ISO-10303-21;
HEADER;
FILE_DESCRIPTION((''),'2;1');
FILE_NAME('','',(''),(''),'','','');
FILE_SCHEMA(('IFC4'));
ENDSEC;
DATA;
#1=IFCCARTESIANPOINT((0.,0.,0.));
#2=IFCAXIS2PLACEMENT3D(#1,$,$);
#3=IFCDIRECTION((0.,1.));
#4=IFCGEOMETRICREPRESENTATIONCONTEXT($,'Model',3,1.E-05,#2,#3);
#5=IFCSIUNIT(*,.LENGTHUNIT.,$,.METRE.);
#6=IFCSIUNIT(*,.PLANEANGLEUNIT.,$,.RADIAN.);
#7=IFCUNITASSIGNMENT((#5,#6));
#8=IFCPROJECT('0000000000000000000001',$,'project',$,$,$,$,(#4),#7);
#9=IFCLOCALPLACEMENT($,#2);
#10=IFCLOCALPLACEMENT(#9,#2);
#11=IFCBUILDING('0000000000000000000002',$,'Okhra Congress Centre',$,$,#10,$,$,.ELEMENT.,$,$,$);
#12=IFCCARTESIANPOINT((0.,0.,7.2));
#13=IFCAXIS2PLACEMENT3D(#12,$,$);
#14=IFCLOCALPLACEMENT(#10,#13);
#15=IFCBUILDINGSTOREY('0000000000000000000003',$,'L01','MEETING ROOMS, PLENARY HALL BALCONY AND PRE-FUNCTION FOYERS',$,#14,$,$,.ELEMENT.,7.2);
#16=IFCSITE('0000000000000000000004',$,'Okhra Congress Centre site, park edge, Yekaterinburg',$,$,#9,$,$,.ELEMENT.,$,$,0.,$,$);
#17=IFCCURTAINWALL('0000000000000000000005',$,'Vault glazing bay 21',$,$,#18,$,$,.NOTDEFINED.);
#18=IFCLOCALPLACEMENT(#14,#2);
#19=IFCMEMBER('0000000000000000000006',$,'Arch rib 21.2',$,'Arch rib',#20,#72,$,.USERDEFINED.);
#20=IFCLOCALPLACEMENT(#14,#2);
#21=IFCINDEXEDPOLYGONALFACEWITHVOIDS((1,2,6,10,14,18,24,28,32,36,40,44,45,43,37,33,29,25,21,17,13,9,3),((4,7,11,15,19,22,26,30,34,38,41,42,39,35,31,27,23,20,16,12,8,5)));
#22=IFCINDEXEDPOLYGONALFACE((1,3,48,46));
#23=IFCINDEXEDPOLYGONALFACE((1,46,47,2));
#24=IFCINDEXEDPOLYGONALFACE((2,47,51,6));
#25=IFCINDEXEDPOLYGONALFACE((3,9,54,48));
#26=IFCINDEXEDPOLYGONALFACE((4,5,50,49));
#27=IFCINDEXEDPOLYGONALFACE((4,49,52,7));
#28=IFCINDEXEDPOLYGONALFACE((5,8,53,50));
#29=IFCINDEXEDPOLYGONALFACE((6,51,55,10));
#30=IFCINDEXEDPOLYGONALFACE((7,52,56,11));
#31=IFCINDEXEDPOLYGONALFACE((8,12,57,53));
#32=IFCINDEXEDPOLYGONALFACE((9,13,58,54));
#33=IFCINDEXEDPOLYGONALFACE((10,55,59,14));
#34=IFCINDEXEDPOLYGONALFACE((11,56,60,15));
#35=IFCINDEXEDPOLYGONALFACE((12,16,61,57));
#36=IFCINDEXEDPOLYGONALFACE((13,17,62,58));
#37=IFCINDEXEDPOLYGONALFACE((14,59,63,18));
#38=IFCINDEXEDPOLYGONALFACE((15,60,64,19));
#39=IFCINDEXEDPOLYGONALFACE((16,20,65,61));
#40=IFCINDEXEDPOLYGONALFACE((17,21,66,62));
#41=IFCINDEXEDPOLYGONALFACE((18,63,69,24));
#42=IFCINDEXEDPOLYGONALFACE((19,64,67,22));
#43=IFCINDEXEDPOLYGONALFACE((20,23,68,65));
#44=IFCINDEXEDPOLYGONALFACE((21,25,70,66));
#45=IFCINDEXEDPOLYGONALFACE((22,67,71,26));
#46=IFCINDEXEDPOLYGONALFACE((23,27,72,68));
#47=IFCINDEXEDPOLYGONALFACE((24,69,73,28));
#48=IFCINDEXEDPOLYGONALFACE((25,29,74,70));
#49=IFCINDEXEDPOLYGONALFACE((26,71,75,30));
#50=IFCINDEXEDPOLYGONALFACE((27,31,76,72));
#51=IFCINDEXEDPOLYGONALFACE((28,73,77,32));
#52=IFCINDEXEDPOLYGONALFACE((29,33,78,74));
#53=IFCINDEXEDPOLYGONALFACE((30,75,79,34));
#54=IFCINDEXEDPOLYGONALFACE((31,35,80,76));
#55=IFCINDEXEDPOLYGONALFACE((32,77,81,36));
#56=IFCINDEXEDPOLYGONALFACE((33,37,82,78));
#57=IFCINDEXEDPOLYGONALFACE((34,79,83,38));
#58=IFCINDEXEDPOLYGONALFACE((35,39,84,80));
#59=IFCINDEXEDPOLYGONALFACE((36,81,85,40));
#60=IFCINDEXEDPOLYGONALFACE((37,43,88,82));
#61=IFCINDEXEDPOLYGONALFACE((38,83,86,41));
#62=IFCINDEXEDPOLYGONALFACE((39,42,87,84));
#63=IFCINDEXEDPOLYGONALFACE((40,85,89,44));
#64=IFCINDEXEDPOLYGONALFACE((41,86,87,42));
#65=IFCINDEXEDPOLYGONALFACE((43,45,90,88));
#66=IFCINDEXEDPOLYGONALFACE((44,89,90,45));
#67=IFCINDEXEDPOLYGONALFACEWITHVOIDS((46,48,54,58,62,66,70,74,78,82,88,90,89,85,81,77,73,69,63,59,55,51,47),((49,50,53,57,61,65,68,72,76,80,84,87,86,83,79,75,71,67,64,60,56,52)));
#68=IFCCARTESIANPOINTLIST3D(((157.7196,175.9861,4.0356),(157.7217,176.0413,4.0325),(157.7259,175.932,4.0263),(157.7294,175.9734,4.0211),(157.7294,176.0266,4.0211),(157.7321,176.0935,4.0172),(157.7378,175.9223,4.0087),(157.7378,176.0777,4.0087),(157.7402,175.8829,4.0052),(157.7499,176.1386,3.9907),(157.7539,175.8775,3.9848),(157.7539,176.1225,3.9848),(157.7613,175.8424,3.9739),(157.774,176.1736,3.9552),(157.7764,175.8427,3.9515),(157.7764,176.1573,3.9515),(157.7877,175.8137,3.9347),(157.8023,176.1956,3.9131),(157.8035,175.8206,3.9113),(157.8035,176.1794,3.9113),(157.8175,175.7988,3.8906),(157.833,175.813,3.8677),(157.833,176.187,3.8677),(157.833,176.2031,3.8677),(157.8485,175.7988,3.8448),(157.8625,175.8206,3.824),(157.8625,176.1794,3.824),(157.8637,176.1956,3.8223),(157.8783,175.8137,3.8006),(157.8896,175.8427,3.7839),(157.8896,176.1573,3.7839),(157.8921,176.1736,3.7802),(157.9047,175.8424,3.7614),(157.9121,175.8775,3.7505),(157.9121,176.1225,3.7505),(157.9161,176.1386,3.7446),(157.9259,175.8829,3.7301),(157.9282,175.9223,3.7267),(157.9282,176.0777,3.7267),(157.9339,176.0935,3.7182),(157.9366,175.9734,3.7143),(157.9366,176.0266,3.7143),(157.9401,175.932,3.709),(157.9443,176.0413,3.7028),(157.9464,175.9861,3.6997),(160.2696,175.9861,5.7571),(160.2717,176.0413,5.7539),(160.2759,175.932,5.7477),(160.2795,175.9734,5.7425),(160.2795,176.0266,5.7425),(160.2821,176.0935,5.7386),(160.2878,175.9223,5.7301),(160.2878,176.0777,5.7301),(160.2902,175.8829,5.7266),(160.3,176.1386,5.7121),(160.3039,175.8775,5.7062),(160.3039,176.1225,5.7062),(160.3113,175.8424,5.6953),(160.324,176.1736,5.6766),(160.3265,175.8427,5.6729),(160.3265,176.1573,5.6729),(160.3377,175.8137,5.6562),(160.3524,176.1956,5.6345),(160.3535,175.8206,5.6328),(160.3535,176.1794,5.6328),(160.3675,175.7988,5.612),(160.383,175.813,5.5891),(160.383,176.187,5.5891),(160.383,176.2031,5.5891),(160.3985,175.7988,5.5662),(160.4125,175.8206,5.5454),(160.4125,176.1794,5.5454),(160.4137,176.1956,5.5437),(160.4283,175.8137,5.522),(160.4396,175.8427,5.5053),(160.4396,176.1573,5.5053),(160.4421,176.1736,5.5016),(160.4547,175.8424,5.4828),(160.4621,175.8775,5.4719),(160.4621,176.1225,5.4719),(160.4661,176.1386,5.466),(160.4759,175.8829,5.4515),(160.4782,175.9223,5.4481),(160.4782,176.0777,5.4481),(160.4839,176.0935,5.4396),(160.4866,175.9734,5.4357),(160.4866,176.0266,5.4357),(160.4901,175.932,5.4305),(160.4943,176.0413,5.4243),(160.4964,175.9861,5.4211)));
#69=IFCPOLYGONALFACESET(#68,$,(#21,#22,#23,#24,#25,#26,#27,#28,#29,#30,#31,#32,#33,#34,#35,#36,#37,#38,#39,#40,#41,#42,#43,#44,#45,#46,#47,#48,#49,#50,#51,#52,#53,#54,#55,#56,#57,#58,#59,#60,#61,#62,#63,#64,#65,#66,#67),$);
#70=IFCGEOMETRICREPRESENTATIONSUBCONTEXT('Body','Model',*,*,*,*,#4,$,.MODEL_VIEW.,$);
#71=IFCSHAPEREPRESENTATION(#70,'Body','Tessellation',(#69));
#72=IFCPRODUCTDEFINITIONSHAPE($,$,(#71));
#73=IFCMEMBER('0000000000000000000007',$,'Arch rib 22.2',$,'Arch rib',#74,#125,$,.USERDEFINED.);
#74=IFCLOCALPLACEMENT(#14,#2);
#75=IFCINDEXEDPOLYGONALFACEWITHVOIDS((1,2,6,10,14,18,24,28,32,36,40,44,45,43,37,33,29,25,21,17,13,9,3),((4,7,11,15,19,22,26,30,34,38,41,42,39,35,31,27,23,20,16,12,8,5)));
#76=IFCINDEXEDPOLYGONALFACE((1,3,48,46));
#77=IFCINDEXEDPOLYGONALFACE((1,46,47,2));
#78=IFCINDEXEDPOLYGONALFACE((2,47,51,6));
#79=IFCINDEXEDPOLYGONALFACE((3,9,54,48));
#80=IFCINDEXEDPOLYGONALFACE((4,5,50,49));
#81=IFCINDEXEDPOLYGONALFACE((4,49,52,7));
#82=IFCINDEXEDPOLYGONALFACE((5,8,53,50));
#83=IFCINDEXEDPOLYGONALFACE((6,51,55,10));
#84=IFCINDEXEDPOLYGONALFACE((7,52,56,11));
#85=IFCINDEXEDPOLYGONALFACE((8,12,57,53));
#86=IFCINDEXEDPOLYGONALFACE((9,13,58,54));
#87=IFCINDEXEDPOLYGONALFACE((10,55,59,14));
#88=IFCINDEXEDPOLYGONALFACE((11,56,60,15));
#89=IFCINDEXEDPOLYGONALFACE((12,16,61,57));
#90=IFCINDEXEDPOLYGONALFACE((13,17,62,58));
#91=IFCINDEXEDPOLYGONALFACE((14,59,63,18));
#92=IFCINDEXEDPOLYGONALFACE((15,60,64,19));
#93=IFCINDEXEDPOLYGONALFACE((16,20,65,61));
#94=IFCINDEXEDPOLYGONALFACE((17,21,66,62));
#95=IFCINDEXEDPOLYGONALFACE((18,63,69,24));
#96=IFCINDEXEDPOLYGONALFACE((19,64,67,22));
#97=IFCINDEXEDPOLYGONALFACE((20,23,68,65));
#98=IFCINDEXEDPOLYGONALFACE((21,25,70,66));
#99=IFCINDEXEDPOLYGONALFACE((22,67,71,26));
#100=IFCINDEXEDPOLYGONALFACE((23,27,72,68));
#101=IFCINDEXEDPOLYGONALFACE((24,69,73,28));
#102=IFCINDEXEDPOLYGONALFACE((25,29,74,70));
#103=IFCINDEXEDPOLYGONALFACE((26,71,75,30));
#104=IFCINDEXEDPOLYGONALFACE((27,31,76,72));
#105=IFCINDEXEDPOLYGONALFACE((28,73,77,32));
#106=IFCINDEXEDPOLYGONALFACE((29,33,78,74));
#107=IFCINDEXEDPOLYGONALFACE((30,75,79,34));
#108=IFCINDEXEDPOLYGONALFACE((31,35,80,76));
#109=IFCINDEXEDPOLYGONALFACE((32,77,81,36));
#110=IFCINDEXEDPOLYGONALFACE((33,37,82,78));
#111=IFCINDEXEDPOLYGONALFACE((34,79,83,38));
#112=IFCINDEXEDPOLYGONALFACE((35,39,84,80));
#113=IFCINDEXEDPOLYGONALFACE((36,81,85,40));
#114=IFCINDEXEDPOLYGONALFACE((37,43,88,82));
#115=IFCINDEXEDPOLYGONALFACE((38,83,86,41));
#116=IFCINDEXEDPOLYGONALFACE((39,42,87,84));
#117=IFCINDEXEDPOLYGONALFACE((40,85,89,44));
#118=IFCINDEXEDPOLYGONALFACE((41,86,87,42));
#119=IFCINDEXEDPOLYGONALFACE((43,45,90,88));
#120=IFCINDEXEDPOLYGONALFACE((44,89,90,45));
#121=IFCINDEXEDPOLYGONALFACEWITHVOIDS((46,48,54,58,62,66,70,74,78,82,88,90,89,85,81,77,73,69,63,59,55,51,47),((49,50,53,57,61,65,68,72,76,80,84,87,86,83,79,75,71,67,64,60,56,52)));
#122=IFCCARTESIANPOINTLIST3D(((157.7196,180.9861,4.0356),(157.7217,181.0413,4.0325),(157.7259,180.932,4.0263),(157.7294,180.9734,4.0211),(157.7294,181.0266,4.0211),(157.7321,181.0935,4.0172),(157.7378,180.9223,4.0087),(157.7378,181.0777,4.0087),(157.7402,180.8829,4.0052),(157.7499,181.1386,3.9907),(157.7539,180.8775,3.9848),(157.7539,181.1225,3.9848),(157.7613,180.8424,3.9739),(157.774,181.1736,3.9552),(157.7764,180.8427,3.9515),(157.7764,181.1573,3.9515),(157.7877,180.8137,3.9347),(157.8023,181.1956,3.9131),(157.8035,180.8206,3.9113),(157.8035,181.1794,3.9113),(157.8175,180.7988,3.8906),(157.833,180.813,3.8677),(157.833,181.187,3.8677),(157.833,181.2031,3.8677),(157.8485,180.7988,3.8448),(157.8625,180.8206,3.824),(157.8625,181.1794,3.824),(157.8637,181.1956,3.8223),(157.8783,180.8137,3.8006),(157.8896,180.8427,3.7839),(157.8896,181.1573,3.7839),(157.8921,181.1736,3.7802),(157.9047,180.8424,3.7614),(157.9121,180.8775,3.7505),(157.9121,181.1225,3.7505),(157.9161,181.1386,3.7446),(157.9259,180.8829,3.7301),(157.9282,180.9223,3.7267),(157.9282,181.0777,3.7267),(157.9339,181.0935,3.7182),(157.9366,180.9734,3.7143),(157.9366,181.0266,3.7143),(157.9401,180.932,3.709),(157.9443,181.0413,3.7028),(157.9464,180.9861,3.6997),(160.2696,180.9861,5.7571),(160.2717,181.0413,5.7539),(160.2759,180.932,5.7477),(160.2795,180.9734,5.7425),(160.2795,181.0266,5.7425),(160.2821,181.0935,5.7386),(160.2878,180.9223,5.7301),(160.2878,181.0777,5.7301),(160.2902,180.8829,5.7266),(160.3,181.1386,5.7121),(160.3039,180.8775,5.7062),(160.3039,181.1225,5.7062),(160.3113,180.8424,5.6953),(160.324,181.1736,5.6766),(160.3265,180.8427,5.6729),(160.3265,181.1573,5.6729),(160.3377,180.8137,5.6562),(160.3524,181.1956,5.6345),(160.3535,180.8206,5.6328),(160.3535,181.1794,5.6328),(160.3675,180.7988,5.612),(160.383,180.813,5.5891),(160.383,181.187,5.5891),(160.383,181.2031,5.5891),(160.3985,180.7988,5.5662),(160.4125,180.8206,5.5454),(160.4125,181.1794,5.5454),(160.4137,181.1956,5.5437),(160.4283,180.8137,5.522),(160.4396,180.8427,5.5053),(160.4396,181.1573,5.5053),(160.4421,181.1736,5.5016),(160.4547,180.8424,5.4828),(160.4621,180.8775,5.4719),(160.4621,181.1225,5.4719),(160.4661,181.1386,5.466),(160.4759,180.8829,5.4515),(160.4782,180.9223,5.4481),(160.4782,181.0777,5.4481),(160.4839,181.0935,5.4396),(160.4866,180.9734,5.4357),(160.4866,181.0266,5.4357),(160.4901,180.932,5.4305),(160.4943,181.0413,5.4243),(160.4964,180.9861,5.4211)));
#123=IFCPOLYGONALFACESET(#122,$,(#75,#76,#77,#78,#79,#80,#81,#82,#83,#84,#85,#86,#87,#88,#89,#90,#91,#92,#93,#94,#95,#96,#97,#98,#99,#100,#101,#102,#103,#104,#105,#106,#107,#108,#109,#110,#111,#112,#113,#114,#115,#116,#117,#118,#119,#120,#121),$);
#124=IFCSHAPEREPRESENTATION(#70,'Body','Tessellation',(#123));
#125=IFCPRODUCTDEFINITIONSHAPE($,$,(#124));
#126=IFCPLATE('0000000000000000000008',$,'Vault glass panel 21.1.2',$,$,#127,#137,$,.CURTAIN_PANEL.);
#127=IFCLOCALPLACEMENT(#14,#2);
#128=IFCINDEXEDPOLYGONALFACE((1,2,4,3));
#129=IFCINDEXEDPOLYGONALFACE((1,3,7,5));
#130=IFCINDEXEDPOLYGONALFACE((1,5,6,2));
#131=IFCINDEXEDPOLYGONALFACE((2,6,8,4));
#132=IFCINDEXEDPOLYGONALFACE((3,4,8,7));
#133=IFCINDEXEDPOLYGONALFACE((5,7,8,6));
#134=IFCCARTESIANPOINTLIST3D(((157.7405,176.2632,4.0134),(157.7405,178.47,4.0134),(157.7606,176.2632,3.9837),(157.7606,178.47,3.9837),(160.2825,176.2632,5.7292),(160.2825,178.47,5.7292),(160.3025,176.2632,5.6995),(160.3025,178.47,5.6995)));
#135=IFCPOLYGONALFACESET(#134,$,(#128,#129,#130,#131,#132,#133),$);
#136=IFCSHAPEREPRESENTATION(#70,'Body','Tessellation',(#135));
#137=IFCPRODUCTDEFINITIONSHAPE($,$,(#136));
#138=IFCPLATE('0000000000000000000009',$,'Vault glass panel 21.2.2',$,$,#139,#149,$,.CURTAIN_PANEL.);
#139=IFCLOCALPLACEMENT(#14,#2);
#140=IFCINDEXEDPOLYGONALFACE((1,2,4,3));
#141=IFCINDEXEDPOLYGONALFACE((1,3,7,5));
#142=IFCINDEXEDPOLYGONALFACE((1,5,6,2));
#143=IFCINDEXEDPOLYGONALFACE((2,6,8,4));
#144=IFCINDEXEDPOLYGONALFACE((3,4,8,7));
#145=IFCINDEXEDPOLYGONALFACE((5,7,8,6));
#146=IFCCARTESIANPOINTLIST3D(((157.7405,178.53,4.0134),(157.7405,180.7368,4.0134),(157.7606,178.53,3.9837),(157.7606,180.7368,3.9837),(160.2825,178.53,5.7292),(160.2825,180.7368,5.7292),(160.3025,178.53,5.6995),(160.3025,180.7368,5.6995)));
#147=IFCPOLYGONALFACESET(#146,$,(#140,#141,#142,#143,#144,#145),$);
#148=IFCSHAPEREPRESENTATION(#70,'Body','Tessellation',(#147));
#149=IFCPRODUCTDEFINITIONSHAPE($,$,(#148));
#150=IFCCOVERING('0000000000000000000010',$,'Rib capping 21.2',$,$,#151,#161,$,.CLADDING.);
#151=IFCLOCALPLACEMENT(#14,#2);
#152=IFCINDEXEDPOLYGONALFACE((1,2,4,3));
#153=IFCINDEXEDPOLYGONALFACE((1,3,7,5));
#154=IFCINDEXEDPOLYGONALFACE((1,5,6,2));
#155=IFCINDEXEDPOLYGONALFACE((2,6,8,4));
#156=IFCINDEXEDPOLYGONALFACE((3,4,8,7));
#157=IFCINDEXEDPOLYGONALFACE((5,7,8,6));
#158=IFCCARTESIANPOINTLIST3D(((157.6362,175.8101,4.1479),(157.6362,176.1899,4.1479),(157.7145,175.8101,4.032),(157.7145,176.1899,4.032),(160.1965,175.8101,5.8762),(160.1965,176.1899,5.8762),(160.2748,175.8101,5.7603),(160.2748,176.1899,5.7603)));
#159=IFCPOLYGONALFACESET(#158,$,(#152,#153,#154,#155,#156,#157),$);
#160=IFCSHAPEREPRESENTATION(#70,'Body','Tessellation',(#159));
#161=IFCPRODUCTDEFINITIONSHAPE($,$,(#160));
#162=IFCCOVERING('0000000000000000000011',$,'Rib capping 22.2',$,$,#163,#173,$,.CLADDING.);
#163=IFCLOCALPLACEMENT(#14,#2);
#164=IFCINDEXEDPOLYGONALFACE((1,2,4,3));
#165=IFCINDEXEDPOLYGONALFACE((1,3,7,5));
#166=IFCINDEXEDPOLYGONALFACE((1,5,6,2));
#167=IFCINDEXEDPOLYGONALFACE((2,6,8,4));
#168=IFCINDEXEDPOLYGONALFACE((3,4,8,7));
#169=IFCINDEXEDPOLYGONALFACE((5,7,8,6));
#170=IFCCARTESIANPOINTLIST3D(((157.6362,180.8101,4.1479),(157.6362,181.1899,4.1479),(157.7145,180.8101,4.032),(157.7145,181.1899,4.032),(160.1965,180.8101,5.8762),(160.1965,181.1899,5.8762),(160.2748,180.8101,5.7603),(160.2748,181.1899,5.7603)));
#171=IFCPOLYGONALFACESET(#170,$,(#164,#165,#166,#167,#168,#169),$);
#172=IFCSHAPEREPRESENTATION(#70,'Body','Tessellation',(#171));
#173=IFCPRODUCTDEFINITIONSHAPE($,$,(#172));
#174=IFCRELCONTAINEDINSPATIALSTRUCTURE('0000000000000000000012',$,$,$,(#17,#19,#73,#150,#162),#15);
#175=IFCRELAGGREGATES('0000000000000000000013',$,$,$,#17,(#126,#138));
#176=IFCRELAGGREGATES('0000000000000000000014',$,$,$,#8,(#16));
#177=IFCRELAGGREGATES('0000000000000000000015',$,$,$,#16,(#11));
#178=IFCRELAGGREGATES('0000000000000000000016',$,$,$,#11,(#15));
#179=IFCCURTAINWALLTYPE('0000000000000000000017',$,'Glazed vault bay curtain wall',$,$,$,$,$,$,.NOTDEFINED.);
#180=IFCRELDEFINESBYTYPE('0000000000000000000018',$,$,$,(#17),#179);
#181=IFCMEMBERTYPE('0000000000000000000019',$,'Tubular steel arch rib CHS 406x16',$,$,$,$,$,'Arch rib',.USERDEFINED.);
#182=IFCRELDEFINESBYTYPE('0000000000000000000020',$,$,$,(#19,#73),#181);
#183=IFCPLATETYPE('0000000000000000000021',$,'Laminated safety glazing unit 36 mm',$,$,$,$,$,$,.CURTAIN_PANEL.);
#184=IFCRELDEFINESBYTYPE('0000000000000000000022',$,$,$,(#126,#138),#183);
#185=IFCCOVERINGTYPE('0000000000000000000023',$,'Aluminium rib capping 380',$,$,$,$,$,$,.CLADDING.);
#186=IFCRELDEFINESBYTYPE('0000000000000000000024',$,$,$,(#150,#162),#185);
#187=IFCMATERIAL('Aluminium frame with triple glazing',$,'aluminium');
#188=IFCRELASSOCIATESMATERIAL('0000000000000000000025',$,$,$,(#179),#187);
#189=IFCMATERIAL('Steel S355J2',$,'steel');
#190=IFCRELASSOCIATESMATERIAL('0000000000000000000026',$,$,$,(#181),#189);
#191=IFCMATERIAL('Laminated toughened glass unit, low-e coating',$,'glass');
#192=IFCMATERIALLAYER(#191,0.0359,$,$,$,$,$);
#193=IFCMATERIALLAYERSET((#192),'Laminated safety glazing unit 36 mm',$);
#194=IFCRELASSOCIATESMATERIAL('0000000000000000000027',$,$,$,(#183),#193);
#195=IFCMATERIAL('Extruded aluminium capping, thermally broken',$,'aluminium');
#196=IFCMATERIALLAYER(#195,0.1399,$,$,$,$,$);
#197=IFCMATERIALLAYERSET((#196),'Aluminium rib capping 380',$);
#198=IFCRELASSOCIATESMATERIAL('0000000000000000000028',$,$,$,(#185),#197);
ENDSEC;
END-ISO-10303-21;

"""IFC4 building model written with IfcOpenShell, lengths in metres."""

from ifc_helpers import new_model, si_unit, direction, frame, origin, origin_2d, place, context, subcontext, project, spatial, polyline, hollow_circle, outline, extrude, material, layer, layer_set, material_profile, profile_set, type_object, element, aggregate, save


model = new_model("IFC4")

# Units and contexts
model_context = context("Model", 3, precision=1e-05, world=origin(), true_north=direction((0.0, 1.0)))
body_context = subcontext(model_context, "Body", "Model", "MODEL_VIEW")
ifc_project = project(units=[si_unit("LENGTHUNIT", "METRE"), si_unit("PLANEANGLEUNIT", "RADIAN")], contexts=[model_context])

# Site, building, storey
site_placement = place(None, origin())
site = spatial("IfcSite", under=ifc_project, at=site_placement, Name="Okhra Congress Centre site, park edge, Yekaterinburg", CompositionType="ELEMENT", RefElevation=0.0)
building_placement = place(site_placement, origin())
building = spatial("IfcBuilding", under=site, at=building_placement, Name="Okhra Congress Centre", CompositionType="ELEMENT")
storey_placement = place(building_placement, frame((0.0, 0.0, 7.2)))
storey = spatial("IfcBuildingStorey", under=building, at=storey_placement, Name="L01", Description="MEETING ROOMS, PLENARY HALL BALCONY AND PRE-FUNCTION FOYERS", CompositionType="ELEMENT", Elevation=7.2)

# Curtain wall
ifc_material_1 = material(Name="Aluminium frame with triple glazing", Category="aluminium")
curtain_wall_type = type_object("IfcCurtainWallType", Name="Glazed vault bay curtain wall", PredefinedType="NOTDEFINED", material=ifc_material_1)
curtain_wall_1_placement = place(storey_placement, origin())
curtain_wall_1 = element("IfcCurtainWall", 1, at=curtain_wall_1_placement, inside=storey, type_object=curtain_wall_type, Name="Vault glazing bay 21", PredefinedType="NOTDEFINED")

# Members
ifc_material_2 = material(Name="Steel S355J2", Category="steel")
ifc_material_profile_1 = material_profile(ifc_material_2, hollow_circle(Radius=0.2031, WallThickness=0.0161, at=origin_2d()), Name="CHS 406.4x16")
ifc_profile_set_1 = profile_set([ifc_material_profile_1], Name="Steel S355J2")
member_type_1 = type_object("IfcMemberType", Name="Tubular steel arch rib CHS 406x16", ElementType="Arch rib", PredefinedType="USERDEFINED", material=ifc_profile_set_1)
for number, where, z_axis, x_axis, name in (
    (2, (157.833, 176.0, 3.8677), (0.828826, 0.0, 0.559507), (0.0, 1.0, 0.0), "Arch rib 21.2"),
    (3, (157.833, 181.0, 3.8677), (0.828826, 0.0, 0.559507), (0.0, 1.0, 0.0), "Arch rib 22.2"),
):
    element("IfcMember", number, at=place(storey_placement, frame(where, z_axis=z_axis, x_axis=x_axis)), inside=storey, type_object=member_type_1, Name=name, ObjectType="Arch rib", PredefinedType="USERDEFINED", context=body_context, shape_type="SweptSolid", body=[
        extrude(hollow_circle(Radius=0.2031, WallThickness=0.0161, at=origin_2d()), origin(), (0.0, 0.0, 1.0), 3.0767),
    ])

# Plates
ifc_material_3 = material(Name="Laminated toughened glass unit, low-e coating", Category="glass")
ifc_layer_1 = layer(ifc_material_3, 0.0359)
ifc_layer_set_1 = layer_set([ifc_layer_1], Name="Laminated safety glazing unit 36 mm")
plate_type = type_object("IfcPlateType", Name="Laminated safety glazing unit 36 mm", PredefinedType="CURTAIN_PANEL", material=ifc_layer_set_1)
plate_1_placement = place(storey_placement, frame((157.7405, 176.2632, 4.0134), z_axis=(-0.559467, 0.0, 0.828852), x_axis=(0.828852, 0.0, 0.559467)))
plate_1 = element("IfcPlate", 4, at=plate_1_placement, type_object=plate_type, Name="Vault glass panel 21.1.2", PredefinedType="CURTAIN_PANEL", context=body_context, shape_type="SweptSolid", body=[
    extrude(outline(polyline([(0.0, 0.0), (3.0669, 0.0), (3.0669, 2.2068), (0.0, 2.2068), (0.0, 0.0)])), origin(), (0.0, 0.0, -1.0), 0.0359),
])
plate_2_placement = place(storey_placement, frame((157.7405, 178.53, 4.0134), z_axis=(-0.559467, 0.0, 0.828852), x_axis=(0.828852, 0.0, 0.559467)))
plate_2 = element("IfcPlate", 5, at=plate_2_placement, type_object=plate_type, Name="Vault glass panel 21.2.2", PredefinedType="CURTAIN_PANEL", context=body_context, shape_type="SweptSolid", body=[
    extrude(outline(polyline([(0.0, 0.0), (3.0669, 0.0), (3.0669, 2.2068), (0.0, 2.2068), (0.0, 0.0)])), origin(), (0.0, 0.0, -1.0), 0.0359),
])
aggregate(curtain_wall_1, [plate_1, plate_2])

# Coverings
ifc_material_4 = material(Name="Extruded aluminium capping, thermally broken", Category="aluminium")
ifc_layer_2 = layer(ifc_material_4, 0.1399)
ifc_layer_set_2 = layer_set([ifc_layer_2], Name="Aluminium rib capping 380")
covering_type = type_object("IfcCoveringType", Name="Aluminium rib capping 380", PredefinedType="CLADDING", material=ifc_layer_set_2)
for number, where, z_axis, x_axis, name in (
    (6, (157.6362, 175.8101, 4.1479), (-0.559488, 0.0, 0.828839), (0.828839, 0.0, 0.559488), "Rib capping 21.2"),
    (7, (157.6362, 180.8101, 4.1479), (-0.559488, 0.0, 0.828839), (0.828839, 0.0, 0.559488), "Rib capping 22.2"),
):
    element("IfcCovering", number, at=place(storey_placement, frame(where, z_axis=z_axis, x_axis=x_axis)), inside=storey, type_object=covering_type, Name=name, PredefinedType="CLADDING", context=body_context, shape_type="SweptSolid", body=[
        extrude(outline(polyline([(0.0, 0.0), (3.089, 0.0), (3.089, 0.3799), (0.0, 0.3799), (0.0, 0.0)])), origin(), (0.0, 0.0, -1.0), 0.1399),
    ])

save(model, "model.ifc")
